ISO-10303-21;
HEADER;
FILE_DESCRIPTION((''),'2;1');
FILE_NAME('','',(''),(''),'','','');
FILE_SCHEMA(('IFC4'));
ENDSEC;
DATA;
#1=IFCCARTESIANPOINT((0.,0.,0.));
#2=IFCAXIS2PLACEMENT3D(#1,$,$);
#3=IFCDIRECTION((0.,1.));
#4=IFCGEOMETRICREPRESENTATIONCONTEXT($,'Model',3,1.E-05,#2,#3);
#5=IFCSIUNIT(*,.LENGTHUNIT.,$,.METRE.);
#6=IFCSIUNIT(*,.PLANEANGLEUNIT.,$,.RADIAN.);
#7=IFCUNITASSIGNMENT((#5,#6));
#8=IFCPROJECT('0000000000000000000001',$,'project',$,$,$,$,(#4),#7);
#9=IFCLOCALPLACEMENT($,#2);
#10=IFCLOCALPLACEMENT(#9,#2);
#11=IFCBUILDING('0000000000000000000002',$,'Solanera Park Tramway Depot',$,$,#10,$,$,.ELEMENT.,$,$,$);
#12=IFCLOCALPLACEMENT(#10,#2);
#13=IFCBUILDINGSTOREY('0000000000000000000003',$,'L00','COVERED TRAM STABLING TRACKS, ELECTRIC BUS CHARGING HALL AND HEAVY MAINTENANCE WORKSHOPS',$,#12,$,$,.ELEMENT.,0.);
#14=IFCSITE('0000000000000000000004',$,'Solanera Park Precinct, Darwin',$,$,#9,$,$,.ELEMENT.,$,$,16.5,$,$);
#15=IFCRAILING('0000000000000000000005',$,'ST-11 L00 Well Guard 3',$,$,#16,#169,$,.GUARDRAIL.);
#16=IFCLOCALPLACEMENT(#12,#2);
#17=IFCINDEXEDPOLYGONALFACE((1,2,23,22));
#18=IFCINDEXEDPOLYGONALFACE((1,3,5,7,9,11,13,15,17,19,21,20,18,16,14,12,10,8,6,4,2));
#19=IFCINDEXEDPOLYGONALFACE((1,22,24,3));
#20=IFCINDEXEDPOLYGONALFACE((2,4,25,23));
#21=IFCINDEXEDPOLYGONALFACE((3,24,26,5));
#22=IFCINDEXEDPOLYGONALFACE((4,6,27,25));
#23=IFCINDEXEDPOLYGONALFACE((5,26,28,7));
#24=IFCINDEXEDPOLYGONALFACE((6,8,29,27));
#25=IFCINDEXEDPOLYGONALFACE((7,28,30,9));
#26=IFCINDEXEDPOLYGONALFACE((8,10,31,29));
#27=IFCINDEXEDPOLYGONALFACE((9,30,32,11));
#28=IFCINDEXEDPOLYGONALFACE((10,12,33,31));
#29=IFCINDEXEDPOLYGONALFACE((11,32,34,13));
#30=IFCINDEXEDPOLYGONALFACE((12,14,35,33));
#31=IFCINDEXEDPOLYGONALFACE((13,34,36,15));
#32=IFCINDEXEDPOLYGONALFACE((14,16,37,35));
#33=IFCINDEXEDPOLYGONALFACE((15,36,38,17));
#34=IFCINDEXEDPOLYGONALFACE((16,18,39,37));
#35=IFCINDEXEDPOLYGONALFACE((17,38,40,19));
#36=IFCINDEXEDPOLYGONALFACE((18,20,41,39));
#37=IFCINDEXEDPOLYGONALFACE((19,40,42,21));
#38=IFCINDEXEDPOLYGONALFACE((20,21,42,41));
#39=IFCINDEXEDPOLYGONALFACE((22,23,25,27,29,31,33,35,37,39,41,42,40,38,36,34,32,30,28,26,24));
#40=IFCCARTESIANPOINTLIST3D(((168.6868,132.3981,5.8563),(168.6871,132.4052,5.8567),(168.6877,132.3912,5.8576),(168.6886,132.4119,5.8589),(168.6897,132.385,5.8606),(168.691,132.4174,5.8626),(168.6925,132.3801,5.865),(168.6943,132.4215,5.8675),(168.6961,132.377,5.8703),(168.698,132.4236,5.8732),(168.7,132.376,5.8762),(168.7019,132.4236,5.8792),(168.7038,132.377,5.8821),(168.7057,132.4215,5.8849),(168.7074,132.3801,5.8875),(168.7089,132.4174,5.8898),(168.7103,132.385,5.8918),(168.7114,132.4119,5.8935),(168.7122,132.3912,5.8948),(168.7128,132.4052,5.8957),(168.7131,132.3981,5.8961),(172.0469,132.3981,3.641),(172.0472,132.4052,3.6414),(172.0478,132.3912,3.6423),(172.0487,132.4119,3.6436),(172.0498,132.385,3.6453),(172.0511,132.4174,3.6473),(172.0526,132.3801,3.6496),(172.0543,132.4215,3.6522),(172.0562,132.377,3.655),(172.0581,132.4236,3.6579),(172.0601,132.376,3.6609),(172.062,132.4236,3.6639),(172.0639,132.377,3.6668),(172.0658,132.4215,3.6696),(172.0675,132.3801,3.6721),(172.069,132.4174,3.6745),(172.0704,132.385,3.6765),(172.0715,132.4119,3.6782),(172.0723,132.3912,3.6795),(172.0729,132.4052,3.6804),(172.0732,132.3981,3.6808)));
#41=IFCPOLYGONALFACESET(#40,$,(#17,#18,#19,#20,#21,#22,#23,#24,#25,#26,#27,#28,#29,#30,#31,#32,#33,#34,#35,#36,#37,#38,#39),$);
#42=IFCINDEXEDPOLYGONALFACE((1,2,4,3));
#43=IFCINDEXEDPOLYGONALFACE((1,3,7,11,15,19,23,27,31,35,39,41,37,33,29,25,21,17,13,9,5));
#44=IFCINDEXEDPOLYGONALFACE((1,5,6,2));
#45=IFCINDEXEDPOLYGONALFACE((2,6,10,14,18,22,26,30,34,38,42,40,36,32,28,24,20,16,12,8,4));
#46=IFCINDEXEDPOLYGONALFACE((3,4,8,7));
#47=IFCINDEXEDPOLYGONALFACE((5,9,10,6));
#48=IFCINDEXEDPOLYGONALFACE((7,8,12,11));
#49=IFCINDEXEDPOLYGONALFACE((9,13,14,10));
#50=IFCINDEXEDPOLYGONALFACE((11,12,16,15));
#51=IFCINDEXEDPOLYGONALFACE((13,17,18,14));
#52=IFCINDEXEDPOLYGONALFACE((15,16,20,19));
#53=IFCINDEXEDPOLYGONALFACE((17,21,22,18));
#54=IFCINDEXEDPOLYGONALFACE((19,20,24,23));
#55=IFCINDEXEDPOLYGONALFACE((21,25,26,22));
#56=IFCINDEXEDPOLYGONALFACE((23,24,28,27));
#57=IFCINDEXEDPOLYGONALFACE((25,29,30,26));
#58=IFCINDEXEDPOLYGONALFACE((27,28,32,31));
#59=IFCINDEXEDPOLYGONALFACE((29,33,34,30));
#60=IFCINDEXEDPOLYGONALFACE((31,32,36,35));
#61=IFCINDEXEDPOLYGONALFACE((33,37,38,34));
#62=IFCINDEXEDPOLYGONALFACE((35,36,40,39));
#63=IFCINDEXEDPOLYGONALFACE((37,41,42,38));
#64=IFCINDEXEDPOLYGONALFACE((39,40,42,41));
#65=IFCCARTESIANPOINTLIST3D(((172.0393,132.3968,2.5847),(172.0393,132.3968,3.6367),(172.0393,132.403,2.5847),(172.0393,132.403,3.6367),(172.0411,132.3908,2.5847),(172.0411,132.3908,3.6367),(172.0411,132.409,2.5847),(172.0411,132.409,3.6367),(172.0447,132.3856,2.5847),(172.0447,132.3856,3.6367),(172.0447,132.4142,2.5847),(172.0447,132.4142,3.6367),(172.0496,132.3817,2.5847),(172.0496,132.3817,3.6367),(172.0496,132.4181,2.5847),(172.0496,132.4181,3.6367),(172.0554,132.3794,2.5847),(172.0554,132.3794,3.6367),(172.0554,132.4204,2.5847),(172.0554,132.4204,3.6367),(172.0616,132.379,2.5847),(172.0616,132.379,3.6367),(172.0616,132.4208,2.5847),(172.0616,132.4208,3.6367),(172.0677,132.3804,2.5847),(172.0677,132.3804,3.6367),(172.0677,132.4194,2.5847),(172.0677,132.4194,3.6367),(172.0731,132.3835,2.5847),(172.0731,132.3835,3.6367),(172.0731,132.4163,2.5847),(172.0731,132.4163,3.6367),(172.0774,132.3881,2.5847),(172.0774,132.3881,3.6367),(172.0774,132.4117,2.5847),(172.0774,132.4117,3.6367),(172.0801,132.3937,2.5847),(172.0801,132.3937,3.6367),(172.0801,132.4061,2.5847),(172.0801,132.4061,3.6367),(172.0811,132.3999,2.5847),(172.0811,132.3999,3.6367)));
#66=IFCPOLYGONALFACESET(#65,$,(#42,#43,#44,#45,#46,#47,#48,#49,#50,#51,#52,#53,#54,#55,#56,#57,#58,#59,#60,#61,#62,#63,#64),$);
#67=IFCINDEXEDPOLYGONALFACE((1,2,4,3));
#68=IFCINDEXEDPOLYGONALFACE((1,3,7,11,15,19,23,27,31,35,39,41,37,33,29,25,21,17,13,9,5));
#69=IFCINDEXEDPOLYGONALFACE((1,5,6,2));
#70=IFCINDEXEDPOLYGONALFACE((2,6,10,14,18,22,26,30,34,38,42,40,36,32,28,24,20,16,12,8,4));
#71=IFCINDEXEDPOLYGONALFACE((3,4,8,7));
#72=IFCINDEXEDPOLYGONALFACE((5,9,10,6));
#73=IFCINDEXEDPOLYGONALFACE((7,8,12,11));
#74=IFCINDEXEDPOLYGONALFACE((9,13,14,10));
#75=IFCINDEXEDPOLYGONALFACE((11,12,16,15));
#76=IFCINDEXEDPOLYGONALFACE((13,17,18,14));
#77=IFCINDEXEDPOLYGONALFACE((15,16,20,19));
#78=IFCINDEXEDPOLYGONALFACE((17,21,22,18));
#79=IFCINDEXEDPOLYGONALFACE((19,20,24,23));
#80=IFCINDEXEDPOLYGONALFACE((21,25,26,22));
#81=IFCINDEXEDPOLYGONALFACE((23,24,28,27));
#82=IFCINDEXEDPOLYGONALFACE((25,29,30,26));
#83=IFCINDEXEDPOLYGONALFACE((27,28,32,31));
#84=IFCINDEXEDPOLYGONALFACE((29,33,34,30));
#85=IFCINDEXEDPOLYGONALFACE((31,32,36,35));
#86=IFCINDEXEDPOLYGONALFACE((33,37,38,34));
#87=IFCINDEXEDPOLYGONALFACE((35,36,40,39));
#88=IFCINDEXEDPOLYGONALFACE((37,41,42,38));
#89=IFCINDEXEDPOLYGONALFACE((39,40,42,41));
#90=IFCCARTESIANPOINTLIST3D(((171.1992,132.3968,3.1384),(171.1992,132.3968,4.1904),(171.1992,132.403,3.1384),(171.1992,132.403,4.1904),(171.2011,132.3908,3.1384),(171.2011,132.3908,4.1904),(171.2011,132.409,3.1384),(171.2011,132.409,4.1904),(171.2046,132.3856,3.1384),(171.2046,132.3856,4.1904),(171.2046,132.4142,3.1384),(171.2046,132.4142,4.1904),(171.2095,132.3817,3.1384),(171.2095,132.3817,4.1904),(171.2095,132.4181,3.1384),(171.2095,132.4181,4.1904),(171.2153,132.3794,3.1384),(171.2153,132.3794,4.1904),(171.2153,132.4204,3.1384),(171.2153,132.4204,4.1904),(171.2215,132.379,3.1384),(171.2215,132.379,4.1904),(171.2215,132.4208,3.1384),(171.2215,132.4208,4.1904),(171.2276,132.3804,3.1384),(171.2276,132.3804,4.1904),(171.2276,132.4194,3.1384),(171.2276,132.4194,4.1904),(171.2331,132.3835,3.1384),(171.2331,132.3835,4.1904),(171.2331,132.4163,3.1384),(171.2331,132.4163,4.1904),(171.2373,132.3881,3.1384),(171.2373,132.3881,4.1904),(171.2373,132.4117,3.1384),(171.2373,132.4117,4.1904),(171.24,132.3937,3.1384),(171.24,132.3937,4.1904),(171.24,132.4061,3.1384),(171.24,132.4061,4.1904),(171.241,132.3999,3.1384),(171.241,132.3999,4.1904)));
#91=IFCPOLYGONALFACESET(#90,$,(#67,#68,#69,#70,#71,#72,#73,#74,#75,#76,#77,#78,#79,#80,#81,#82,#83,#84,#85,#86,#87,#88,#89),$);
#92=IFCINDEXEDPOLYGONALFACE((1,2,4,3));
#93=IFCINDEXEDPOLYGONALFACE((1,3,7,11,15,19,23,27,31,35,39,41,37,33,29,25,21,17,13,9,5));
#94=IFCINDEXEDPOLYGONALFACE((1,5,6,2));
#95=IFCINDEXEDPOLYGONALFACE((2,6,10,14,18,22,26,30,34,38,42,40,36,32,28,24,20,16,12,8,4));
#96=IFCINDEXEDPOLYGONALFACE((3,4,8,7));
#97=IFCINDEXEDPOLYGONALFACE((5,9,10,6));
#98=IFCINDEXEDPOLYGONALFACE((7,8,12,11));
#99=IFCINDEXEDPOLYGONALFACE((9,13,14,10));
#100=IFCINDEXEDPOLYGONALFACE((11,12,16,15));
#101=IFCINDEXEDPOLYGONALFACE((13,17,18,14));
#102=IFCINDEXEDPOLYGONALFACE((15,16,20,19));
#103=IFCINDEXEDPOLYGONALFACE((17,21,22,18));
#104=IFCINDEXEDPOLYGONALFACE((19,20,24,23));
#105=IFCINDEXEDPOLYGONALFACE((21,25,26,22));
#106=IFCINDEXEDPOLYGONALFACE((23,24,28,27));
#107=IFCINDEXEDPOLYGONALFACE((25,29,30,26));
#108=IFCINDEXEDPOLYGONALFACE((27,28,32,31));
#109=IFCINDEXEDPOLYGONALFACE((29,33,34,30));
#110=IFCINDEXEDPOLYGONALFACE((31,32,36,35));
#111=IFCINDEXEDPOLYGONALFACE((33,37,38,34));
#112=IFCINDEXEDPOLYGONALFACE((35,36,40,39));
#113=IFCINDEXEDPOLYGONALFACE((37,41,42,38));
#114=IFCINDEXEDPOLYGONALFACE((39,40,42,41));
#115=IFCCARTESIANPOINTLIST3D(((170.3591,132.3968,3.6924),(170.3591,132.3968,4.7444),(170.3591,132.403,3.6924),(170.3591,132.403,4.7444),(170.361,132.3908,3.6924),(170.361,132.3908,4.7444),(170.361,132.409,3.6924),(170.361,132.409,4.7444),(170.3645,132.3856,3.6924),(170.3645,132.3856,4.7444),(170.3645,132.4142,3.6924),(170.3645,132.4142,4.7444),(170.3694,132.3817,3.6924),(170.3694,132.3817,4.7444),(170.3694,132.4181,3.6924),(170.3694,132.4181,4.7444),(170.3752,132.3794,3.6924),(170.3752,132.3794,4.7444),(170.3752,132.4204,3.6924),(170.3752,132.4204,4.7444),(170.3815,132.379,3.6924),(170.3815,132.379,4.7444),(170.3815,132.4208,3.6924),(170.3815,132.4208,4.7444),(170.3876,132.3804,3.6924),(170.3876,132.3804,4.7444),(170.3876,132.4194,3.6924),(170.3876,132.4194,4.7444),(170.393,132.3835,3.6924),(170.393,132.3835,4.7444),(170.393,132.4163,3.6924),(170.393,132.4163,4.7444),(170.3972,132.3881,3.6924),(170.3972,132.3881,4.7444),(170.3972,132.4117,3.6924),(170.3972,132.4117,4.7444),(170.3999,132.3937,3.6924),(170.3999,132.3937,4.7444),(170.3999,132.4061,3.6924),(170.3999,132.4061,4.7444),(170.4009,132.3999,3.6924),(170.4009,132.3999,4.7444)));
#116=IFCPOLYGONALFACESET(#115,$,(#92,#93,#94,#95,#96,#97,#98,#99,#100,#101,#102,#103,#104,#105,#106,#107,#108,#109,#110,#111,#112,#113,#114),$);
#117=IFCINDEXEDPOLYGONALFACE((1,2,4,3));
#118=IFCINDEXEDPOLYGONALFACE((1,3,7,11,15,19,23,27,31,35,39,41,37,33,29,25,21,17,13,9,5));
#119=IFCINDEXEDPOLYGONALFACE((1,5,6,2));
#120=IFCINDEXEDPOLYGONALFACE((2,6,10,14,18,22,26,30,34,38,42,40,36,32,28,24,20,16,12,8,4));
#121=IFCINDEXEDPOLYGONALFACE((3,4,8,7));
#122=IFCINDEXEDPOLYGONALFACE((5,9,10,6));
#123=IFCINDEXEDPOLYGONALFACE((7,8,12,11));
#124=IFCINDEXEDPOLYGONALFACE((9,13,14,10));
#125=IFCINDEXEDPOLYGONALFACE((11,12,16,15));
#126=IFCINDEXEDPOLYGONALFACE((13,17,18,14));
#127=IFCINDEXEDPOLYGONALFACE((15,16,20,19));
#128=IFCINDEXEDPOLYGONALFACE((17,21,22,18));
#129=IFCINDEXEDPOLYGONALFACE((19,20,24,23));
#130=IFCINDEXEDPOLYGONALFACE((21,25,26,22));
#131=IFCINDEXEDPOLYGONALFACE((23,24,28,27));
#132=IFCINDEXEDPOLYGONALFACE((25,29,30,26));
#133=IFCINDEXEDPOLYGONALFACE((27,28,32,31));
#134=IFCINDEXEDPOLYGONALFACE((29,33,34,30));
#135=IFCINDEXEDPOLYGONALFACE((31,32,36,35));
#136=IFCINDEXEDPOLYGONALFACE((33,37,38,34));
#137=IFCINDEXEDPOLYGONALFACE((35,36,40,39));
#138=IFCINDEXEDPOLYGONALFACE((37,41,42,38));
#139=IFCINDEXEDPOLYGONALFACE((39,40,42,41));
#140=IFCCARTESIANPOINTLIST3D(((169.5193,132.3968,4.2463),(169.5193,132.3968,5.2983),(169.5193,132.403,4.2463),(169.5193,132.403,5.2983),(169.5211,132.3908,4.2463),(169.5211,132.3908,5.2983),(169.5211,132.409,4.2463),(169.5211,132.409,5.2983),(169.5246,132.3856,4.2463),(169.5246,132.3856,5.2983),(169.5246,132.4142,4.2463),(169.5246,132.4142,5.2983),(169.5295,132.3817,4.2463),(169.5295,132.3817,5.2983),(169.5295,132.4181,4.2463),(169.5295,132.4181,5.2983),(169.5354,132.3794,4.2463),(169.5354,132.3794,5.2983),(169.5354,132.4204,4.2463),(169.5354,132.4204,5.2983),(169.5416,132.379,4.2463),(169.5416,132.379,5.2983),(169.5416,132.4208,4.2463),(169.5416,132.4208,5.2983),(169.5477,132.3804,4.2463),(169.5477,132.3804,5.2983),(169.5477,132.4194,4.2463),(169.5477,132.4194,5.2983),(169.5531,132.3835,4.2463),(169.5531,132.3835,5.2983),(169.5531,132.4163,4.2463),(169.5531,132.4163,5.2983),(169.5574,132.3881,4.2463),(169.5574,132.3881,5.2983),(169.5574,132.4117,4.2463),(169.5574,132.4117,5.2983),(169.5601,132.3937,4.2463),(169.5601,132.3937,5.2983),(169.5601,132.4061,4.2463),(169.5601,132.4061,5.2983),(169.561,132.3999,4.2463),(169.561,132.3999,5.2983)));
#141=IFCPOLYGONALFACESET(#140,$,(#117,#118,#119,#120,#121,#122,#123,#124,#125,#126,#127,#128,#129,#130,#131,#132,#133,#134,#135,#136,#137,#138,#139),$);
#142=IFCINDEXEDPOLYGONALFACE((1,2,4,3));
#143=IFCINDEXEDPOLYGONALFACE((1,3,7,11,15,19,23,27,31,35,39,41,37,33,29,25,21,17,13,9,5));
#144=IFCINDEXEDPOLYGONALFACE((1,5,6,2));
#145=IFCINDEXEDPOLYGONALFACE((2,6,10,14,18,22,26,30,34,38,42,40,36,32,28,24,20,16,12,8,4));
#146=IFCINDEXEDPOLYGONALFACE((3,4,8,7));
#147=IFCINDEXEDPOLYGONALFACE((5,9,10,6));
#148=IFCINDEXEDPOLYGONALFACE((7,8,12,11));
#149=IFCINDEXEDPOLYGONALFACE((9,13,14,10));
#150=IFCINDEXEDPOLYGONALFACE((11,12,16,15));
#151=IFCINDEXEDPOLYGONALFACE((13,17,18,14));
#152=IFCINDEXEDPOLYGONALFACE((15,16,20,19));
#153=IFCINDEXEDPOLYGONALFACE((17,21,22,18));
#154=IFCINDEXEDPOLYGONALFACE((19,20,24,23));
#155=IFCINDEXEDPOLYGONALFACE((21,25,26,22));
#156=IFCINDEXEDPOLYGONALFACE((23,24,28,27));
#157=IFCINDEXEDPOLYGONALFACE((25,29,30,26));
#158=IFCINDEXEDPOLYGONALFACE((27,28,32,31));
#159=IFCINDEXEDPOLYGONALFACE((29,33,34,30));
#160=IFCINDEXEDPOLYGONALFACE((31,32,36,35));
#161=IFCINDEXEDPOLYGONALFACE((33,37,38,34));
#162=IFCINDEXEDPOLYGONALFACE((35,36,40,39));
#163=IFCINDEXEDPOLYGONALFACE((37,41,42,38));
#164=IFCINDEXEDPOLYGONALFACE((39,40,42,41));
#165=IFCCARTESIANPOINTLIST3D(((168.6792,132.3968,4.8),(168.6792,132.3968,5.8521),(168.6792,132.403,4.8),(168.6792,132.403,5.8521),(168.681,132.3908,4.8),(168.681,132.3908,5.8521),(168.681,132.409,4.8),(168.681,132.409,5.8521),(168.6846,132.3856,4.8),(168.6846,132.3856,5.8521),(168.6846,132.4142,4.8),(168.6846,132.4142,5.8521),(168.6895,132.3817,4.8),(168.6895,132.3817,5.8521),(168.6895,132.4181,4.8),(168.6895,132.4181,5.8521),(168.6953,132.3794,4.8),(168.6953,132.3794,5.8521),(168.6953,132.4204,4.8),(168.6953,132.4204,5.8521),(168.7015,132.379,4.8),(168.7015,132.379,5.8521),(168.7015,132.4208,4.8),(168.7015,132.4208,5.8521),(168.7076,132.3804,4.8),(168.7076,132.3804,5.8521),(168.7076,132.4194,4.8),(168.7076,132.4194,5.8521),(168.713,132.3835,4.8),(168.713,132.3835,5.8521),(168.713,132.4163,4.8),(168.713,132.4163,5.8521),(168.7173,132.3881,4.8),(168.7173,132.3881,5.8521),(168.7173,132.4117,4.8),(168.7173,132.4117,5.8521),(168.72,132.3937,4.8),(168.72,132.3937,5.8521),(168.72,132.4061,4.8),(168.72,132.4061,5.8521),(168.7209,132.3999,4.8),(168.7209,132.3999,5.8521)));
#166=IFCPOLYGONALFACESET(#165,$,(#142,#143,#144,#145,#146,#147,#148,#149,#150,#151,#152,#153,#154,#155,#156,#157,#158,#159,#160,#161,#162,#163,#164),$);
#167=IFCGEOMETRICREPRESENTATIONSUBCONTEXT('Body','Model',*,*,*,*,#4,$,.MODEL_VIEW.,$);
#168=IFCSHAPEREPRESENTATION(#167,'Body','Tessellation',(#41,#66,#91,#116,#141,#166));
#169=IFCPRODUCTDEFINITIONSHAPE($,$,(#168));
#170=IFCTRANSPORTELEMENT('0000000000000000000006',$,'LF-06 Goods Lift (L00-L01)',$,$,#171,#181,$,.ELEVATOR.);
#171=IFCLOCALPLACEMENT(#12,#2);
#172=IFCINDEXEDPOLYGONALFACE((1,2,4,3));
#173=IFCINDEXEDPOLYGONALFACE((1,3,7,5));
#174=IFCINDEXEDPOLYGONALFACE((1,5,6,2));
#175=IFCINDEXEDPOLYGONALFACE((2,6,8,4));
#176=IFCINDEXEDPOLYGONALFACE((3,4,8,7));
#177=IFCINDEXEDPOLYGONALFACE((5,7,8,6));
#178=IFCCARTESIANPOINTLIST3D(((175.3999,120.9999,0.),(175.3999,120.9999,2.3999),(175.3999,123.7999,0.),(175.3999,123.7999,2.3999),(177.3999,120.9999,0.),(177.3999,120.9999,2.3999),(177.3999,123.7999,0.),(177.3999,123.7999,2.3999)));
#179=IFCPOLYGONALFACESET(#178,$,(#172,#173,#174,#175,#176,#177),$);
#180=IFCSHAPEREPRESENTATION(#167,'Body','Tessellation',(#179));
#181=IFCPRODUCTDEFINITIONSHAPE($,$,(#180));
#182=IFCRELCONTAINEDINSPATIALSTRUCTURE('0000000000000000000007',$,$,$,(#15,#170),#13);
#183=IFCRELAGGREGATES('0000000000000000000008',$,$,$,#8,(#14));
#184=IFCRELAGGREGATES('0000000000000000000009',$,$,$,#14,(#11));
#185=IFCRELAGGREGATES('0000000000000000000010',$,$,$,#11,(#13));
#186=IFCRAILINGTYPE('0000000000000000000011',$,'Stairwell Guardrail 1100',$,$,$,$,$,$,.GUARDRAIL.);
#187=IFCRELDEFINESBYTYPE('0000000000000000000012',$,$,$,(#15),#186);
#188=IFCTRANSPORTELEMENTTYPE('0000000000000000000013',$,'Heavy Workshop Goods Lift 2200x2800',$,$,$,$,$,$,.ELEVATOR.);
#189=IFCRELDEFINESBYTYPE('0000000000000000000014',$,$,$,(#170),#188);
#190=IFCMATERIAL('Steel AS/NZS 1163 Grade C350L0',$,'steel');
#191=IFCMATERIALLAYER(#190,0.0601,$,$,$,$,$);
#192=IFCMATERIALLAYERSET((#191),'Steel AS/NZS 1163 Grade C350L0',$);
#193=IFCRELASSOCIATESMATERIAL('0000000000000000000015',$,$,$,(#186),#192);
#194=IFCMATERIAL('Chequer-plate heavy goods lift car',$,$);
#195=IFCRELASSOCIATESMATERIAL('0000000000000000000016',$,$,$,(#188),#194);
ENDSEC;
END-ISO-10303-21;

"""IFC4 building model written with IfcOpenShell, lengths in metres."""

from ifc_helpers import new_model, si_unit, direction, frame, origin, origin_2d, place, context, subcontext, project, spatial, rectangle, circle, extrude, material, layer, layer_set, type_object, element, save


model = new_model("IFC4")

# Units and contexts
model_context = context("Model", 3, precision=1e-05, world=origin(), true_north=direction((0.0, 1.0)))
body_context = subcontext(model_context, "Body", "Model", "MODEL_VIEW")
ifc_project = project(units=[si_unit("LENGTHUNIT", "METRE"), si_unit("PLANEANGLEUNIT", "RADIAN")], contexts=[model_context])

# Site, building, storey
site_placement = place(None, origin())
site = spatial("IfcSite", under=ifc_project, at=site_placement, Name="Solanera Park Precinct, Darwin", CompositionType="ELEMENT", RefElevation=16.5)
building_placement = place(site_placement, origin())
building = spatial("IfcBuilding", under=site, at=building_placement, Name="Solanera Park Tramway Depot", CompositionType="ELEMENT")
storey_placement = place(building_placement, origin())
storey = spatial("IfcBuildingStorey", under=building, at=storey_placement, Name="L00", Description="COVERED TRAM STABLING TRACKS, ELECTRIC BUS CHARGING HALL AND HEAVY MAINTENANCE WORKSHOPS", CompositionType="ELEMENT", Elevation=0.0)

# Railing
ifc_material_1 = material(Name="Steel AS/NZS 1163 Grade C350L0", Category="steel")
ifc_layer_1 = layer(ifc_material_1, 0.0601)
ifc_layer_set_1 = layer_set([ifc_layer_1], Name="Steel AS/NZS 1163 Grade C350L0")
railing_type_1 = type_object("IfcRailingType", Name="Stairwell Guardrail 1100", PredefinedType="GUARDRAIL", material=ifc_layer_set_1)
railing_1_placement = place(storey_placement, frame((172.0601, 132.3999, 2.5847)))
element("IfcRailing", 1, at=railing_1_placement, inside=storey, type_object=railing_type_1, Name="ST-11 L00 Well Guard 3", PredefinedType="GUARDRAIL", context=body_context, shape_type="SweptSolid", body=[
    extrude(circle(Radius=0.0239, at=origin_2d()), frame((0.0, 0.0, 1.0762), z_axis=(-0.834876, 0.0, 0.550437), x_axis=(0.0, -1.0, 0.0)), (0.0, 0.0, 1.0), 4.0247),
    extrude(circle(Radius=0.021, at=origin_2d()), origin(), (0.0, 0.0, 1.0), 1.052),
    extrude(circle(Radius=0.021, at=origin_2d()), frame((-0.8401, 0.0, 0.5537)), (0.0, 0.0, 1.0), 1.052),
    extrude(circle(Radius=0.021, at=origin_2d()), frame((-1.6802, 0.0, 1.1077)), (0.0, 0.0, 1.0), 1.052),
    extrude(circle(Radius=0.021, at=origin_2d()), frame((-2.52, 0.0, 1.6616)), (0.0, 0.0, 1.0), 1.052),
    extrude(circle(Radius=0.021, at=origin_2d()), frame((-3.3601, 0.0, 2.2153)), (0.0, 0.0, 1.0), 1.052),
])

# Transport element
ifc_material_2 = material(Name="Chequer-plate heavy goods lift car")
transport_element_type = type_object("IfcTransportElementType", Name="Heavy Workshop Goods Lift 2200x2800", PredefinedType="ELEVATOR", material=ifc_material_2)
transport_element_placement = place(storey_placement, frame((176.3999, 122.3999, 0.0), z_axis=(0.0, 0.0, 1.0), x_axis=(1.0, 0.0, 0.0)))
element("IfcTransportElement", 2, at=transport_element_placement, inside=storey, type_object=transport_element_type, Name="LF-06 Goods Lift (L00-L01)", PredefinedType="ELEVATOR", context=body_context, shape_type="SweptSolid", body=[
    extrude(rectangle(XDim=2.0, YDim=2.8, at=origin_2d()), origin(), (0.0, 0.0, 1.0), 2.3999),
])

save(model, "model.ifc")
